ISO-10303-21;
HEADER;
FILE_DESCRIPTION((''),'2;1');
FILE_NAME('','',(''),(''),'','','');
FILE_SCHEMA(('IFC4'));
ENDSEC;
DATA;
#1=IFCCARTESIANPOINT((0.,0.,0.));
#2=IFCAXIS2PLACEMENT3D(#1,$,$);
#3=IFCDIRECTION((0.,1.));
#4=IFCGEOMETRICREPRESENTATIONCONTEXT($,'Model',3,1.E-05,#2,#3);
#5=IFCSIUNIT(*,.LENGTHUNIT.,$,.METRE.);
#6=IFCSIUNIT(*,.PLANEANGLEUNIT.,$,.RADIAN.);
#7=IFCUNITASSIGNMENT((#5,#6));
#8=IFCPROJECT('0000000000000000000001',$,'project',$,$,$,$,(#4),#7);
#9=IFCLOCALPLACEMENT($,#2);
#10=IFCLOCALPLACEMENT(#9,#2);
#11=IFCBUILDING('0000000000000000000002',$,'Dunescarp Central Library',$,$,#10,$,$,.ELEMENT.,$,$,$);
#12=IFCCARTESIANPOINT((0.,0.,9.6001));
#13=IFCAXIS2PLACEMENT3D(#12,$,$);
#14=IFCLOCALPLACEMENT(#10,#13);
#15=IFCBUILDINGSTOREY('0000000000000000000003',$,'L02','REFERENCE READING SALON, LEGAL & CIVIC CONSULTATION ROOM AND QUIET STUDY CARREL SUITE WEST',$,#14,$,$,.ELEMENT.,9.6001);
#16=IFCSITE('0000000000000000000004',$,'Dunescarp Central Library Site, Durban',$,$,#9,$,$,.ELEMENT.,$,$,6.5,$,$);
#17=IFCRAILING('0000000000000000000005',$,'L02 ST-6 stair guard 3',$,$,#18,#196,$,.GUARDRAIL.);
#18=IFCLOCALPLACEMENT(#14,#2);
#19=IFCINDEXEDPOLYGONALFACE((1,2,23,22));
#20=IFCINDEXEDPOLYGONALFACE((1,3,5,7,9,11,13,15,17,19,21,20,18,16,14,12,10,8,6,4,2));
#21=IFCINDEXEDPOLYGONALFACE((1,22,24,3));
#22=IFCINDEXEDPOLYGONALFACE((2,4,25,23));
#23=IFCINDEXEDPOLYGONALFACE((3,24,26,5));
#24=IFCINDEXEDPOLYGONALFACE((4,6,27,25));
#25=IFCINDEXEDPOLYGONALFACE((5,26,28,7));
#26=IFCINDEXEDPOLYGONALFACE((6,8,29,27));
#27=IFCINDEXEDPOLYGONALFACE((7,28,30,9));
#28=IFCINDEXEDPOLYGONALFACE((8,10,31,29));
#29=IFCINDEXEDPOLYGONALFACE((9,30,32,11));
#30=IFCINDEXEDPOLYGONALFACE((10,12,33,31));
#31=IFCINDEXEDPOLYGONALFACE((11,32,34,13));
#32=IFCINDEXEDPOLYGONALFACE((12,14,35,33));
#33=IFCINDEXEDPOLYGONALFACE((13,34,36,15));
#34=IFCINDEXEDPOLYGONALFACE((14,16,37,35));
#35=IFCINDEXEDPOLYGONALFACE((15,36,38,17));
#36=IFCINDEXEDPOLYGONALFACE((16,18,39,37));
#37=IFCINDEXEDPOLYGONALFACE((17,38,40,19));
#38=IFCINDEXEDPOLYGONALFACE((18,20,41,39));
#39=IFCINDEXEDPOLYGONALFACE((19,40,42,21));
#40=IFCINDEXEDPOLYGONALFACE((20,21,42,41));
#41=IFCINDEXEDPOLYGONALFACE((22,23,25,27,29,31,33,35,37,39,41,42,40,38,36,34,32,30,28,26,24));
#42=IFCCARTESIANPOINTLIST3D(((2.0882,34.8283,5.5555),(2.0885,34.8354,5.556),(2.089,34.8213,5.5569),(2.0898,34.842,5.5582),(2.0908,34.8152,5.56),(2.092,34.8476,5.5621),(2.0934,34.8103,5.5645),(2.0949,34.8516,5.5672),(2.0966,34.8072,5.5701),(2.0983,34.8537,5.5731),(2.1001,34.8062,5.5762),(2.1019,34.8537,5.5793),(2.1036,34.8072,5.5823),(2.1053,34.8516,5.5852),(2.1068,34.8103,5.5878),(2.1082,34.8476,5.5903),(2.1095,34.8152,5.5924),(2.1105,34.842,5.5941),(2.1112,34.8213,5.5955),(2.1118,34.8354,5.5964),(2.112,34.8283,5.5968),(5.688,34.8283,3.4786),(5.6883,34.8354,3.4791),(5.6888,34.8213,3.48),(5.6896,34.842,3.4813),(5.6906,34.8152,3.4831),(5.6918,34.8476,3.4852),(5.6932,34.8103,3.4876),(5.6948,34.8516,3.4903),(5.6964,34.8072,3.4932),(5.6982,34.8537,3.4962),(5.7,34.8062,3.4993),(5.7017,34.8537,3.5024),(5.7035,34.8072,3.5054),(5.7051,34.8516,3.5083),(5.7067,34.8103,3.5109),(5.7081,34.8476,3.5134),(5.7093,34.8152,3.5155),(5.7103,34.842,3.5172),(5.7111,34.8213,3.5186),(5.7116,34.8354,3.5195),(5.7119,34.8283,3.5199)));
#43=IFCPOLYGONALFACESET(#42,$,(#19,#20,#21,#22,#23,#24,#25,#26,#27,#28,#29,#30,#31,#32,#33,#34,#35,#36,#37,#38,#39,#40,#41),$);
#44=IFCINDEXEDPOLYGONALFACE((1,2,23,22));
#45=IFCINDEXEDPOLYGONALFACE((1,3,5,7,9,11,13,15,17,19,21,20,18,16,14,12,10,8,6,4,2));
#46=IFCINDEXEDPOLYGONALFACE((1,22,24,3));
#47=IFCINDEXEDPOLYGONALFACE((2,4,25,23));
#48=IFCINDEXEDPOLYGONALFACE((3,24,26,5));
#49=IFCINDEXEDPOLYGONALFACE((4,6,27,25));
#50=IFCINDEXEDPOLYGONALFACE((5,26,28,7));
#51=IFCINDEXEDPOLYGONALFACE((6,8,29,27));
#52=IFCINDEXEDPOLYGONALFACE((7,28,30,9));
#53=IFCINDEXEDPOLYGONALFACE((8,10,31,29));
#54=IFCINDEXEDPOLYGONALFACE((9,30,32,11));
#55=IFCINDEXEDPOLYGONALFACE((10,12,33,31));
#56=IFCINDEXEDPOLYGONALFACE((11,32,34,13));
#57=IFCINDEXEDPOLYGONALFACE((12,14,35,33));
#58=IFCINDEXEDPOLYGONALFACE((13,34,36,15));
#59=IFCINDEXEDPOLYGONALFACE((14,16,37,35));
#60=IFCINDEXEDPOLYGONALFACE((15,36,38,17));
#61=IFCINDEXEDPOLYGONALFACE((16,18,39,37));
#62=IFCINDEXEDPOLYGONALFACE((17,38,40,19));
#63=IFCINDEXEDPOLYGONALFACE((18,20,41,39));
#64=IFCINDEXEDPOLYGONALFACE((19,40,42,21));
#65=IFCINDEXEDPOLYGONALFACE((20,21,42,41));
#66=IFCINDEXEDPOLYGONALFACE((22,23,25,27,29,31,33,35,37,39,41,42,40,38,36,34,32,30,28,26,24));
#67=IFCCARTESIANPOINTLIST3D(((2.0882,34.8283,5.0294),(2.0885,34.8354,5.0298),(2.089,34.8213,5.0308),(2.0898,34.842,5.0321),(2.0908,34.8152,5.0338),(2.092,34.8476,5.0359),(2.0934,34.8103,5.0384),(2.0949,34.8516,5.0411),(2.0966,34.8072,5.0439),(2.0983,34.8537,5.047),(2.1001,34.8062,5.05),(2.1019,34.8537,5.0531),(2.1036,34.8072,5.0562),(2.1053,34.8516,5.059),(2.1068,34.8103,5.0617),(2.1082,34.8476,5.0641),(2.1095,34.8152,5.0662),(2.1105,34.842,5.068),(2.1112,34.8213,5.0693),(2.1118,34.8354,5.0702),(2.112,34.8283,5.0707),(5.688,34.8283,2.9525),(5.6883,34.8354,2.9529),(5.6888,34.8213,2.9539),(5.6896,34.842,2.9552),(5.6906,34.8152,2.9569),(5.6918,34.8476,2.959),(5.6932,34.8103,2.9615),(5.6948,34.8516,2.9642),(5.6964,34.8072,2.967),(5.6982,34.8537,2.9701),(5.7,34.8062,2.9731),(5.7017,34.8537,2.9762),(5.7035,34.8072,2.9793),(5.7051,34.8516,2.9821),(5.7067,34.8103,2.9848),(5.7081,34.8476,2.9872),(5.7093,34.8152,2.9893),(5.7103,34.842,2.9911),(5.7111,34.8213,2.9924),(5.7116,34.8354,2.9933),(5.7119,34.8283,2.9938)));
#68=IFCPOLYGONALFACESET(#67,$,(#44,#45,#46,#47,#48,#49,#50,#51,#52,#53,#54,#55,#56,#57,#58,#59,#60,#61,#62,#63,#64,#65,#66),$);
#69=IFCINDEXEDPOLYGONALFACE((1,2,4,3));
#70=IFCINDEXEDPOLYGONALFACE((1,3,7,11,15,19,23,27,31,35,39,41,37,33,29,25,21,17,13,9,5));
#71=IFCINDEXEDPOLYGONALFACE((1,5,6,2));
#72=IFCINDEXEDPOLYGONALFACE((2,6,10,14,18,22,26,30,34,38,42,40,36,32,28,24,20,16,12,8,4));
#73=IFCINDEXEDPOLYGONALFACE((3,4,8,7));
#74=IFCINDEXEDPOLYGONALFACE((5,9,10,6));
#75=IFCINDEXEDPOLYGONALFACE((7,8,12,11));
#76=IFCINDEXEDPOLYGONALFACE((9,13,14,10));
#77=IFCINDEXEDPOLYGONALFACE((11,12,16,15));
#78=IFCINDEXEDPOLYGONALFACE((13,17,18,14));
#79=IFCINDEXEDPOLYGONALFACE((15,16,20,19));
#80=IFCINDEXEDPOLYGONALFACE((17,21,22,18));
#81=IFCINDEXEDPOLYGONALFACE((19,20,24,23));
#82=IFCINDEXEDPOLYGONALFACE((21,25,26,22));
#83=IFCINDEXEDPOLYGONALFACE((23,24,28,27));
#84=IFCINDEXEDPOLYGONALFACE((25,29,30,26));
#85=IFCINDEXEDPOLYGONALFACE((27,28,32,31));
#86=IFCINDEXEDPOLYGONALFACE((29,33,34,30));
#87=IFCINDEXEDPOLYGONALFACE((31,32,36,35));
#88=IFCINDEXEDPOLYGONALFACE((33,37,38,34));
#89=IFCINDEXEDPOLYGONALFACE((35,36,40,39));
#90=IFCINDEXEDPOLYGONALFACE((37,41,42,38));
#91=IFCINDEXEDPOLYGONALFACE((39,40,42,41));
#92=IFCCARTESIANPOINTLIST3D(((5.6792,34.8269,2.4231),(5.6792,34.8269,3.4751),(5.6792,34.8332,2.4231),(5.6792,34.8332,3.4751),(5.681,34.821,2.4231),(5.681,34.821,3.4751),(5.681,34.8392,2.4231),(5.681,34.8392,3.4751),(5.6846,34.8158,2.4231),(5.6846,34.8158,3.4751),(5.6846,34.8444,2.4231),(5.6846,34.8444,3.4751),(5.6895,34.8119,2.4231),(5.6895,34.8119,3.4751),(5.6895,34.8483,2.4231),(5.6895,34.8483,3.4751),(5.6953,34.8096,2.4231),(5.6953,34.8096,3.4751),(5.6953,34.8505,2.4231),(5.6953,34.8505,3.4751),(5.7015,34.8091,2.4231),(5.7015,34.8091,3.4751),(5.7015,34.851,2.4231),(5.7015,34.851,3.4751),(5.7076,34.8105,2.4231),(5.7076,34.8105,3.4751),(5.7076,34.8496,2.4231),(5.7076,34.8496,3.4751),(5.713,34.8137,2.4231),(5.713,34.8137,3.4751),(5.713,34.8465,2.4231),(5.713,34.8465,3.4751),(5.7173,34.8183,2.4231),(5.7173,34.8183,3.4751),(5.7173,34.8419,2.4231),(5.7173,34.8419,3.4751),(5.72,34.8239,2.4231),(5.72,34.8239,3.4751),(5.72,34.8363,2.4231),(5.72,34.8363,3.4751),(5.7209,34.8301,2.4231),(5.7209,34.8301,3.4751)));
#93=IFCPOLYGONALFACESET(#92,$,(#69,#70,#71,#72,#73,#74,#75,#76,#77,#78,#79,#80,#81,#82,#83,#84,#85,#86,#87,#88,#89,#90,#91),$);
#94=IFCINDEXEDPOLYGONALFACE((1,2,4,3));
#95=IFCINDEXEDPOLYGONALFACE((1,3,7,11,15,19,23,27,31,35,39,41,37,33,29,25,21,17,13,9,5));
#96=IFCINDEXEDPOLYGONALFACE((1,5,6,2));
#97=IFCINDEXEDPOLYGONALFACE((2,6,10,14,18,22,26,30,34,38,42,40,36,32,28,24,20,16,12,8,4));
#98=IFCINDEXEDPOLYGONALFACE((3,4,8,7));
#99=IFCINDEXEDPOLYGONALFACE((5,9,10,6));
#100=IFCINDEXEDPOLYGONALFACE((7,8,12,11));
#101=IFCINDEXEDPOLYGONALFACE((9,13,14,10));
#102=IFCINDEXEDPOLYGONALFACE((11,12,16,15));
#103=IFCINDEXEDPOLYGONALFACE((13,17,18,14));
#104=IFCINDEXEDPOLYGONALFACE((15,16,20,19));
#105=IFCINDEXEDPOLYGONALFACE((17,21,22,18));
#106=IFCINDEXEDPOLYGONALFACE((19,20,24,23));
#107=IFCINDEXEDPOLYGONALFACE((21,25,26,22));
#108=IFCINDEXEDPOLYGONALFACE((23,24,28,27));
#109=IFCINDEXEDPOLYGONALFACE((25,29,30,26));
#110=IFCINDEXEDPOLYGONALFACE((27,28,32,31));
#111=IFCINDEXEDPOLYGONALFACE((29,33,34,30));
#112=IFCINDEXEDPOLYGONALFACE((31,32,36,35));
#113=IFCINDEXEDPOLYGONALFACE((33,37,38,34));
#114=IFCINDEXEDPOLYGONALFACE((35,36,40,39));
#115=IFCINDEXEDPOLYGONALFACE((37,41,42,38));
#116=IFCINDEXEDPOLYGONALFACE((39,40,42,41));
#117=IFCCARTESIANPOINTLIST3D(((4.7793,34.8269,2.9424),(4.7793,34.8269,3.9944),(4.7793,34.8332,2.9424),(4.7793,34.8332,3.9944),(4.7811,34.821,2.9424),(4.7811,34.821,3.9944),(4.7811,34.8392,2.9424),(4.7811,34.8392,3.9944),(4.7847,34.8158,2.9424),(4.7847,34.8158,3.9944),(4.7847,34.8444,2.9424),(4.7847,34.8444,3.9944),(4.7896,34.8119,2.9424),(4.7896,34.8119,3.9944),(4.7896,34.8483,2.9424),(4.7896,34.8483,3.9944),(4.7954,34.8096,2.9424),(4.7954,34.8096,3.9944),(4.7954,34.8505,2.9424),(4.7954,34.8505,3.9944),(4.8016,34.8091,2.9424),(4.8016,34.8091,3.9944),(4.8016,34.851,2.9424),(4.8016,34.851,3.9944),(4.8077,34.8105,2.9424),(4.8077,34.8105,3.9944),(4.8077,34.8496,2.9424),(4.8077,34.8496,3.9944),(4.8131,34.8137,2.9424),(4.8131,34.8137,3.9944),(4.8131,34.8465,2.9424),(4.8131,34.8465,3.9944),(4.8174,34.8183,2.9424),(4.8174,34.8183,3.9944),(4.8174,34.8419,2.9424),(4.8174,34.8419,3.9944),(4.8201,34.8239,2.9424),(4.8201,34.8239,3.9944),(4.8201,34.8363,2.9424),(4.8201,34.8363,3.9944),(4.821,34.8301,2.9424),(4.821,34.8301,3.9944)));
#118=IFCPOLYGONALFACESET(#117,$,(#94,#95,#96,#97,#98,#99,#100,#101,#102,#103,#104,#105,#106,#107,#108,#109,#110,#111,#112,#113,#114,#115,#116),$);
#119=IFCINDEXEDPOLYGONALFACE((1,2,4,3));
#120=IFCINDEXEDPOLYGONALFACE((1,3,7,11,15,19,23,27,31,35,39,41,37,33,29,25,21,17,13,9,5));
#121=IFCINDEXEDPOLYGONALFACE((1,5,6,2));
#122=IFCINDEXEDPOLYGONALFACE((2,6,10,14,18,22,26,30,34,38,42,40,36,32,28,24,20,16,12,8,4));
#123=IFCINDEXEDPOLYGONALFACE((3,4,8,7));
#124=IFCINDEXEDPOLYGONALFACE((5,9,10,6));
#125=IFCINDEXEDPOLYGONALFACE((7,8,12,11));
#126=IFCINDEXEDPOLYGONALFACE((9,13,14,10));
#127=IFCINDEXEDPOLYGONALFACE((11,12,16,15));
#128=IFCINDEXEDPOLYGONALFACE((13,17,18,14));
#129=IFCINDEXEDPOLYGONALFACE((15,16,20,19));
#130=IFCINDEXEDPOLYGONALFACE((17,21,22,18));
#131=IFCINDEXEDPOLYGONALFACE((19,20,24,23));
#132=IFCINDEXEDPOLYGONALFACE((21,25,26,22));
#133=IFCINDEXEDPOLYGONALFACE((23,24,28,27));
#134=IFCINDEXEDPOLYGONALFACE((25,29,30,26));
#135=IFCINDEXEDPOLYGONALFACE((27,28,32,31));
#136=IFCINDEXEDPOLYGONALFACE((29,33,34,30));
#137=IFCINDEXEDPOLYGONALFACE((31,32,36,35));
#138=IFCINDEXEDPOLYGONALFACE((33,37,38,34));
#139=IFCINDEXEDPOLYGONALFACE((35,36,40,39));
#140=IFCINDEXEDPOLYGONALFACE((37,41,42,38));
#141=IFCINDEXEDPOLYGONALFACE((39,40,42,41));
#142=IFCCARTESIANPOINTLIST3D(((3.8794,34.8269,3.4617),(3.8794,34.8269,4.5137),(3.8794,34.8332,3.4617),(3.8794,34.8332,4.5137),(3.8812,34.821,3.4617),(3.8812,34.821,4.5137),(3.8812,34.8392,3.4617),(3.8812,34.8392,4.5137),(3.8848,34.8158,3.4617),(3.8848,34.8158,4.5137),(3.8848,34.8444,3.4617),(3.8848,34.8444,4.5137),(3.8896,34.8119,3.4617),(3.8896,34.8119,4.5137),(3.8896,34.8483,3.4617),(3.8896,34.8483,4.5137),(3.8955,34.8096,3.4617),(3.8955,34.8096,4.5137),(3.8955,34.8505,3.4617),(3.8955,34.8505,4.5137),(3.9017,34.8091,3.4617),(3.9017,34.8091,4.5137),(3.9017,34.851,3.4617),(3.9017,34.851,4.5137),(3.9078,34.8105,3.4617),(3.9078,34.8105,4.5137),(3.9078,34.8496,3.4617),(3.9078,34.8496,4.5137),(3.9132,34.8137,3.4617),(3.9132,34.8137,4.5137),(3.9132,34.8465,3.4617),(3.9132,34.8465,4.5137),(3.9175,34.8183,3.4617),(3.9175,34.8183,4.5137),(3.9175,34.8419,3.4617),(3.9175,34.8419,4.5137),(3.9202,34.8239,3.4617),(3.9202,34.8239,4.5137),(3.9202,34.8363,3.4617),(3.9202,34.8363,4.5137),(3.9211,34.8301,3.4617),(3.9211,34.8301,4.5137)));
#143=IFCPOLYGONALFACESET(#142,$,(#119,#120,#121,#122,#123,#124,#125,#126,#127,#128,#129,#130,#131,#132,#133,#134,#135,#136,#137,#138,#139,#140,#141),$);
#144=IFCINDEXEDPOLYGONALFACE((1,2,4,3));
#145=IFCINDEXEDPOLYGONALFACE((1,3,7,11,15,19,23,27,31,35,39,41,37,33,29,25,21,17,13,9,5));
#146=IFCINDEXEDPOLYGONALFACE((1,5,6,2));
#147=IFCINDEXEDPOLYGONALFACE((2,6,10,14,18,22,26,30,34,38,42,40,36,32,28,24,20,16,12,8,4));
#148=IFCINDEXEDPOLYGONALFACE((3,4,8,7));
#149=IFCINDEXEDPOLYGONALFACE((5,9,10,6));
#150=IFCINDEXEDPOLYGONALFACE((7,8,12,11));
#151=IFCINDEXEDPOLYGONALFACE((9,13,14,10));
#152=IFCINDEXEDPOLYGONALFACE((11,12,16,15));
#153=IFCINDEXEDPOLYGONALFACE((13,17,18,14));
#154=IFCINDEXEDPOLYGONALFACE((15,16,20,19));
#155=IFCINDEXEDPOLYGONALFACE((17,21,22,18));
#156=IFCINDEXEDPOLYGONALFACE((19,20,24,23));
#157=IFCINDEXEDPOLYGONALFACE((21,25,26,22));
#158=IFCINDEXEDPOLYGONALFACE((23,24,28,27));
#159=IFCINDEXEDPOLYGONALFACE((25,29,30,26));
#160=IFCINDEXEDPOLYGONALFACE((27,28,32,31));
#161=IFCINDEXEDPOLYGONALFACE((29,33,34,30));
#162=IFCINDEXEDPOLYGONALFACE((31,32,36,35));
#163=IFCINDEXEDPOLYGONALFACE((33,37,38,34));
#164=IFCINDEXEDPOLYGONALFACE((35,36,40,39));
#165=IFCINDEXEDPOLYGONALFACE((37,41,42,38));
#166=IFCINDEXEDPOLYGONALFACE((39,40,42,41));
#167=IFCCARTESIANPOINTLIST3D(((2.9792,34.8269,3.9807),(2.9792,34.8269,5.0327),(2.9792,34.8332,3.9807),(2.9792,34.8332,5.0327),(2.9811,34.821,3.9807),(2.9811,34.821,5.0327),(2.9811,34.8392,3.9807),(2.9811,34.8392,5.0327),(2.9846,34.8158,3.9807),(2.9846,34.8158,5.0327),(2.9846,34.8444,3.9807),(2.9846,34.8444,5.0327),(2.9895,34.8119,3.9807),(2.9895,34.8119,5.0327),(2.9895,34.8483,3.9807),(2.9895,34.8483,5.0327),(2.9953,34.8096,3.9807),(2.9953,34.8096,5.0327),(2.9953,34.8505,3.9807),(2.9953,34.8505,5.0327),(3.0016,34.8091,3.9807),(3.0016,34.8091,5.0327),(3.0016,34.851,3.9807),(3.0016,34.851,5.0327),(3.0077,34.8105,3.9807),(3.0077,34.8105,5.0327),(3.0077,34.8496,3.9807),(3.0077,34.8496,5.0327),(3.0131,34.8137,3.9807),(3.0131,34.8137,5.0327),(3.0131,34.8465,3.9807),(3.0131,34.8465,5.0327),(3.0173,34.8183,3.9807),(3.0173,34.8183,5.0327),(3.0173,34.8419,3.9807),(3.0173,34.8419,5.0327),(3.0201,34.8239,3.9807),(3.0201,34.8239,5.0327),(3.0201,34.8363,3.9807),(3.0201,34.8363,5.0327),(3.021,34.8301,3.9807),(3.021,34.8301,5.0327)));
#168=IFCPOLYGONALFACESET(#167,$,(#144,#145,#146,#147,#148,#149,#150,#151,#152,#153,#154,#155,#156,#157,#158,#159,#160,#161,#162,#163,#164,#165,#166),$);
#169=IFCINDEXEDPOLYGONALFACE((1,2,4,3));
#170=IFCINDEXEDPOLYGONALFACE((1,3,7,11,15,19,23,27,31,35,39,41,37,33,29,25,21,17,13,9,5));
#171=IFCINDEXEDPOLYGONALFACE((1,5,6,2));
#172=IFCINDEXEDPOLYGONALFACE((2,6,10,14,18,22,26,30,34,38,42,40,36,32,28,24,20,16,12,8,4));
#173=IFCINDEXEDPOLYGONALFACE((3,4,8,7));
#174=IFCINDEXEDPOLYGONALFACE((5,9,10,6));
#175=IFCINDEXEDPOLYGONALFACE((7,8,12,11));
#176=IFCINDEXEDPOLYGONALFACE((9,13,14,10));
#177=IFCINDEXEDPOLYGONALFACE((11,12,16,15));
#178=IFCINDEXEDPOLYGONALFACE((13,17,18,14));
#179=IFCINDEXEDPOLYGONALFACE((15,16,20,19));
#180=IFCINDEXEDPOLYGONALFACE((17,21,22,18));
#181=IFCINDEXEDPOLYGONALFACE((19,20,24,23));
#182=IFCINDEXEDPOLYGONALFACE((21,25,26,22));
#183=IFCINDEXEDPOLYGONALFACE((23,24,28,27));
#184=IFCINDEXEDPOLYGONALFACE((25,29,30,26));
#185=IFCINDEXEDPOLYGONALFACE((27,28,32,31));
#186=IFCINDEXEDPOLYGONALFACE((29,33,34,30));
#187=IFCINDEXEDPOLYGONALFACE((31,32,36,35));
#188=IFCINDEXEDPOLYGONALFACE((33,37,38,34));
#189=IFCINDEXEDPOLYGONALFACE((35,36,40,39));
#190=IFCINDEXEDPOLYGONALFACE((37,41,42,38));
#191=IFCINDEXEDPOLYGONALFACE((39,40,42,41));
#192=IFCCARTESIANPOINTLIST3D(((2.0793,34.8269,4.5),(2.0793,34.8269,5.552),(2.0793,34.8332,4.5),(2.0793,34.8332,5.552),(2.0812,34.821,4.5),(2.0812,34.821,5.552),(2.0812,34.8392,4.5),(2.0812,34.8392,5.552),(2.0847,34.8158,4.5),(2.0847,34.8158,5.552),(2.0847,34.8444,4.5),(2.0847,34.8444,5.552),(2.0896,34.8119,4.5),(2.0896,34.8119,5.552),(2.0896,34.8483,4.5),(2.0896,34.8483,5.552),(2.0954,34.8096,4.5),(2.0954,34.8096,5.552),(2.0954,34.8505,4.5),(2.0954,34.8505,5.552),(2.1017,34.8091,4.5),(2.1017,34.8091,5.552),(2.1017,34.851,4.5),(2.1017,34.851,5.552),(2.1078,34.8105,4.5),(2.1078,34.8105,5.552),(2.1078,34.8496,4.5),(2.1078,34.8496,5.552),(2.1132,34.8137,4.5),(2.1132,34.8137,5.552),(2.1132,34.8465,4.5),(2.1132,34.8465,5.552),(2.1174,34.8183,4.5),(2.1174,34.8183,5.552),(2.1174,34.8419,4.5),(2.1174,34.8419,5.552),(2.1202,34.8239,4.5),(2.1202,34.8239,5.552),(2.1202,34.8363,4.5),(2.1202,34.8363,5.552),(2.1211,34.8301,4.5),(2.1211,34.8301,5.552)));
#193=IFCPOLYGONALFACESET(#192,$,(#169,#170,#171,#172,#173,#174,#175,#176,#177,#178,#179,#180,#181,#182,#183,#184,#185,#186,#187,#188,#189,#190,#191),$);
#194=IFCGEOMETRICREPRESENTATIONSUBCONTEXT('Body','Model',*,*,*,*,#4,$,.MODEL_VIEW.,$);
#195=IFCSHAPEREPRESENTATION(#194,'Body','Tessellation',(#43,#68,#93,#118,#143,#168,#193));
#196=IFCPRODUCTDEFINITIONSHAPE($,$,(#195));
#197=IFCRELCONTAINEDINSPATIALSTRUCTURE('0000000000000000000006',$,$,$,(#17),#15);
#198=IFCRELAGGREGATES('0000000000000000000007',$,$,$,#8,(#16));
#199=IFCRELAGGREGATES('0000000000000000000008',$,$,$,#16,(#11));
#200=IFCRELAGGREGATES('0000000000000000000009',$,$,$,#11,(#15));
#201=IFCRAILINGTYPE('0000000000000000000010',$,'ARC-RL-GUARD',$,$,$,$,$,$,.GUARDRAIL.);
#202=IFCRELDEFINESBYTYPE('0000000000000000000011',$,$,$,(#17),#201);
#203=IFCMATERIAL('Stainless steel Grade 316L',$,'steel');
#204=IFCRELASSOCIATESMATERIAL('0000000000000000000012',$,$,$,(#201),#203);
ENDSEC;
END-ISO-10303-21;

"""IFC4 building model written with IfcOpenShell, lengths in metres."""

from ifc_helpers import new_model, si_unit, direction, frame, origin, origin_2d, place, context, subcontext, project, spatial, circle, extrude, material, type_object, element, save


model = new_model("IFC4")

# Units and contexts
model_context = context("Model", 3, precision=1e-05, world=origin(), true_north=direction((0.0, 1.0)))
body_context = subcontext(model_context, "Body", "Model", "MODEL_VIEW")
ifc_project = project(units=[si_unit("LENGTHUNIT", "METRE"), si_unit("PLANEANGLEUNIT", "RADIAN")], contexts=[model_context])

# Site, building, storey
site_placement = place(None, origin())
site = spatial("IfcSite", under=ifc_project, at=site_placement, Name="Dunescarp Central Library Site, Durban", CompositionType="ELEMENT", RefElevation=6.5)
building_placement = place(site_placement, origin())
building = spatial("IfcBuilding", under=site, at=building_placement, Name="Dunescarp Central Library", CompositionType="ELEMENT")
storey_placement = place(building_placement, frame((0.0, 0.0, 9.6001)))
storey = spatial("IfcBuildingStorey", under=building, at=storey_placement, Name="L02", Description="REFERENCE READING SALON, LEGAL & CIVIC CONSULTATION ROOM AND QUIET STUDY CARREL SUITE WEST", CompositionType="ELEMENT", Elevation=9.6001)

# Railing
ifc_material_1 = material(Name="Stainless steel Grade 316L", Category="steel")
railing_type_1 = type_object("IfcRailingType", Name="ARC-RL-GUARD", PredefinedType="GUARDRAIL", material=ifc_material_1)
railing_1_placement = place(storey_placement, frame((5.7, 34.8301, 2.4231)))
element("IfcRailing", 1, at=railing_1_placement, inside=storey, type_object=railing_type_1, Name="L02 ST-6 stair guard 3", PredefinedType="GUARDRAIL", context=body_context, shape_type="SweptSolid", body=[
    extrude(circle(Radius=0.0239, at=origin_2d()), frame((0.0, 0.0, 1.0762), z_axis=(-0.866179, 0.0, 0.499734), x_axis=(0.0, -1.0, 0.0)), (0.0, 0.0, 1.0), 4.156),
    extrude(circle(Radius=0.0239, at=origin_2d()), frame((0.0, 0.0, 0.55), z_axis=(-0.866179, 0.0, 0.499734), x_axis=(0.0, -1.0, 0.0)), (0.0, 0.0, 1.0), 4.156),
    extrude(circle(Radius=0.021, at=origin_2d()), origin(), (0.0, 0.0, 1.0), 1.052),
    extrude(circle(Radius=0.021, at=origin_2d()), frame((-0.8999, 0.0, 0.5193)), (0.0, 0.0, 1.0), 1.052),
    extrude(circle(Radius=0.021, at=origin_2d()), frame((-1.7998, 0.0, 1.0386)), (0.0, 0.0, 1.0), 1.052),
    extrude(circle(Radius=0.021, at=origin_2d()), frame((-2.7, 0.0, 1.5576)), (0.0, 0.0, 1.0), 1.052),
    extrude(circle(Radius=0.021, at=origin_2d()), frame((-3.5999, 0.0, 2.0769)), (0.0, 0.0, 1.0), 1.052),
])

save(model, "model.ifc")
